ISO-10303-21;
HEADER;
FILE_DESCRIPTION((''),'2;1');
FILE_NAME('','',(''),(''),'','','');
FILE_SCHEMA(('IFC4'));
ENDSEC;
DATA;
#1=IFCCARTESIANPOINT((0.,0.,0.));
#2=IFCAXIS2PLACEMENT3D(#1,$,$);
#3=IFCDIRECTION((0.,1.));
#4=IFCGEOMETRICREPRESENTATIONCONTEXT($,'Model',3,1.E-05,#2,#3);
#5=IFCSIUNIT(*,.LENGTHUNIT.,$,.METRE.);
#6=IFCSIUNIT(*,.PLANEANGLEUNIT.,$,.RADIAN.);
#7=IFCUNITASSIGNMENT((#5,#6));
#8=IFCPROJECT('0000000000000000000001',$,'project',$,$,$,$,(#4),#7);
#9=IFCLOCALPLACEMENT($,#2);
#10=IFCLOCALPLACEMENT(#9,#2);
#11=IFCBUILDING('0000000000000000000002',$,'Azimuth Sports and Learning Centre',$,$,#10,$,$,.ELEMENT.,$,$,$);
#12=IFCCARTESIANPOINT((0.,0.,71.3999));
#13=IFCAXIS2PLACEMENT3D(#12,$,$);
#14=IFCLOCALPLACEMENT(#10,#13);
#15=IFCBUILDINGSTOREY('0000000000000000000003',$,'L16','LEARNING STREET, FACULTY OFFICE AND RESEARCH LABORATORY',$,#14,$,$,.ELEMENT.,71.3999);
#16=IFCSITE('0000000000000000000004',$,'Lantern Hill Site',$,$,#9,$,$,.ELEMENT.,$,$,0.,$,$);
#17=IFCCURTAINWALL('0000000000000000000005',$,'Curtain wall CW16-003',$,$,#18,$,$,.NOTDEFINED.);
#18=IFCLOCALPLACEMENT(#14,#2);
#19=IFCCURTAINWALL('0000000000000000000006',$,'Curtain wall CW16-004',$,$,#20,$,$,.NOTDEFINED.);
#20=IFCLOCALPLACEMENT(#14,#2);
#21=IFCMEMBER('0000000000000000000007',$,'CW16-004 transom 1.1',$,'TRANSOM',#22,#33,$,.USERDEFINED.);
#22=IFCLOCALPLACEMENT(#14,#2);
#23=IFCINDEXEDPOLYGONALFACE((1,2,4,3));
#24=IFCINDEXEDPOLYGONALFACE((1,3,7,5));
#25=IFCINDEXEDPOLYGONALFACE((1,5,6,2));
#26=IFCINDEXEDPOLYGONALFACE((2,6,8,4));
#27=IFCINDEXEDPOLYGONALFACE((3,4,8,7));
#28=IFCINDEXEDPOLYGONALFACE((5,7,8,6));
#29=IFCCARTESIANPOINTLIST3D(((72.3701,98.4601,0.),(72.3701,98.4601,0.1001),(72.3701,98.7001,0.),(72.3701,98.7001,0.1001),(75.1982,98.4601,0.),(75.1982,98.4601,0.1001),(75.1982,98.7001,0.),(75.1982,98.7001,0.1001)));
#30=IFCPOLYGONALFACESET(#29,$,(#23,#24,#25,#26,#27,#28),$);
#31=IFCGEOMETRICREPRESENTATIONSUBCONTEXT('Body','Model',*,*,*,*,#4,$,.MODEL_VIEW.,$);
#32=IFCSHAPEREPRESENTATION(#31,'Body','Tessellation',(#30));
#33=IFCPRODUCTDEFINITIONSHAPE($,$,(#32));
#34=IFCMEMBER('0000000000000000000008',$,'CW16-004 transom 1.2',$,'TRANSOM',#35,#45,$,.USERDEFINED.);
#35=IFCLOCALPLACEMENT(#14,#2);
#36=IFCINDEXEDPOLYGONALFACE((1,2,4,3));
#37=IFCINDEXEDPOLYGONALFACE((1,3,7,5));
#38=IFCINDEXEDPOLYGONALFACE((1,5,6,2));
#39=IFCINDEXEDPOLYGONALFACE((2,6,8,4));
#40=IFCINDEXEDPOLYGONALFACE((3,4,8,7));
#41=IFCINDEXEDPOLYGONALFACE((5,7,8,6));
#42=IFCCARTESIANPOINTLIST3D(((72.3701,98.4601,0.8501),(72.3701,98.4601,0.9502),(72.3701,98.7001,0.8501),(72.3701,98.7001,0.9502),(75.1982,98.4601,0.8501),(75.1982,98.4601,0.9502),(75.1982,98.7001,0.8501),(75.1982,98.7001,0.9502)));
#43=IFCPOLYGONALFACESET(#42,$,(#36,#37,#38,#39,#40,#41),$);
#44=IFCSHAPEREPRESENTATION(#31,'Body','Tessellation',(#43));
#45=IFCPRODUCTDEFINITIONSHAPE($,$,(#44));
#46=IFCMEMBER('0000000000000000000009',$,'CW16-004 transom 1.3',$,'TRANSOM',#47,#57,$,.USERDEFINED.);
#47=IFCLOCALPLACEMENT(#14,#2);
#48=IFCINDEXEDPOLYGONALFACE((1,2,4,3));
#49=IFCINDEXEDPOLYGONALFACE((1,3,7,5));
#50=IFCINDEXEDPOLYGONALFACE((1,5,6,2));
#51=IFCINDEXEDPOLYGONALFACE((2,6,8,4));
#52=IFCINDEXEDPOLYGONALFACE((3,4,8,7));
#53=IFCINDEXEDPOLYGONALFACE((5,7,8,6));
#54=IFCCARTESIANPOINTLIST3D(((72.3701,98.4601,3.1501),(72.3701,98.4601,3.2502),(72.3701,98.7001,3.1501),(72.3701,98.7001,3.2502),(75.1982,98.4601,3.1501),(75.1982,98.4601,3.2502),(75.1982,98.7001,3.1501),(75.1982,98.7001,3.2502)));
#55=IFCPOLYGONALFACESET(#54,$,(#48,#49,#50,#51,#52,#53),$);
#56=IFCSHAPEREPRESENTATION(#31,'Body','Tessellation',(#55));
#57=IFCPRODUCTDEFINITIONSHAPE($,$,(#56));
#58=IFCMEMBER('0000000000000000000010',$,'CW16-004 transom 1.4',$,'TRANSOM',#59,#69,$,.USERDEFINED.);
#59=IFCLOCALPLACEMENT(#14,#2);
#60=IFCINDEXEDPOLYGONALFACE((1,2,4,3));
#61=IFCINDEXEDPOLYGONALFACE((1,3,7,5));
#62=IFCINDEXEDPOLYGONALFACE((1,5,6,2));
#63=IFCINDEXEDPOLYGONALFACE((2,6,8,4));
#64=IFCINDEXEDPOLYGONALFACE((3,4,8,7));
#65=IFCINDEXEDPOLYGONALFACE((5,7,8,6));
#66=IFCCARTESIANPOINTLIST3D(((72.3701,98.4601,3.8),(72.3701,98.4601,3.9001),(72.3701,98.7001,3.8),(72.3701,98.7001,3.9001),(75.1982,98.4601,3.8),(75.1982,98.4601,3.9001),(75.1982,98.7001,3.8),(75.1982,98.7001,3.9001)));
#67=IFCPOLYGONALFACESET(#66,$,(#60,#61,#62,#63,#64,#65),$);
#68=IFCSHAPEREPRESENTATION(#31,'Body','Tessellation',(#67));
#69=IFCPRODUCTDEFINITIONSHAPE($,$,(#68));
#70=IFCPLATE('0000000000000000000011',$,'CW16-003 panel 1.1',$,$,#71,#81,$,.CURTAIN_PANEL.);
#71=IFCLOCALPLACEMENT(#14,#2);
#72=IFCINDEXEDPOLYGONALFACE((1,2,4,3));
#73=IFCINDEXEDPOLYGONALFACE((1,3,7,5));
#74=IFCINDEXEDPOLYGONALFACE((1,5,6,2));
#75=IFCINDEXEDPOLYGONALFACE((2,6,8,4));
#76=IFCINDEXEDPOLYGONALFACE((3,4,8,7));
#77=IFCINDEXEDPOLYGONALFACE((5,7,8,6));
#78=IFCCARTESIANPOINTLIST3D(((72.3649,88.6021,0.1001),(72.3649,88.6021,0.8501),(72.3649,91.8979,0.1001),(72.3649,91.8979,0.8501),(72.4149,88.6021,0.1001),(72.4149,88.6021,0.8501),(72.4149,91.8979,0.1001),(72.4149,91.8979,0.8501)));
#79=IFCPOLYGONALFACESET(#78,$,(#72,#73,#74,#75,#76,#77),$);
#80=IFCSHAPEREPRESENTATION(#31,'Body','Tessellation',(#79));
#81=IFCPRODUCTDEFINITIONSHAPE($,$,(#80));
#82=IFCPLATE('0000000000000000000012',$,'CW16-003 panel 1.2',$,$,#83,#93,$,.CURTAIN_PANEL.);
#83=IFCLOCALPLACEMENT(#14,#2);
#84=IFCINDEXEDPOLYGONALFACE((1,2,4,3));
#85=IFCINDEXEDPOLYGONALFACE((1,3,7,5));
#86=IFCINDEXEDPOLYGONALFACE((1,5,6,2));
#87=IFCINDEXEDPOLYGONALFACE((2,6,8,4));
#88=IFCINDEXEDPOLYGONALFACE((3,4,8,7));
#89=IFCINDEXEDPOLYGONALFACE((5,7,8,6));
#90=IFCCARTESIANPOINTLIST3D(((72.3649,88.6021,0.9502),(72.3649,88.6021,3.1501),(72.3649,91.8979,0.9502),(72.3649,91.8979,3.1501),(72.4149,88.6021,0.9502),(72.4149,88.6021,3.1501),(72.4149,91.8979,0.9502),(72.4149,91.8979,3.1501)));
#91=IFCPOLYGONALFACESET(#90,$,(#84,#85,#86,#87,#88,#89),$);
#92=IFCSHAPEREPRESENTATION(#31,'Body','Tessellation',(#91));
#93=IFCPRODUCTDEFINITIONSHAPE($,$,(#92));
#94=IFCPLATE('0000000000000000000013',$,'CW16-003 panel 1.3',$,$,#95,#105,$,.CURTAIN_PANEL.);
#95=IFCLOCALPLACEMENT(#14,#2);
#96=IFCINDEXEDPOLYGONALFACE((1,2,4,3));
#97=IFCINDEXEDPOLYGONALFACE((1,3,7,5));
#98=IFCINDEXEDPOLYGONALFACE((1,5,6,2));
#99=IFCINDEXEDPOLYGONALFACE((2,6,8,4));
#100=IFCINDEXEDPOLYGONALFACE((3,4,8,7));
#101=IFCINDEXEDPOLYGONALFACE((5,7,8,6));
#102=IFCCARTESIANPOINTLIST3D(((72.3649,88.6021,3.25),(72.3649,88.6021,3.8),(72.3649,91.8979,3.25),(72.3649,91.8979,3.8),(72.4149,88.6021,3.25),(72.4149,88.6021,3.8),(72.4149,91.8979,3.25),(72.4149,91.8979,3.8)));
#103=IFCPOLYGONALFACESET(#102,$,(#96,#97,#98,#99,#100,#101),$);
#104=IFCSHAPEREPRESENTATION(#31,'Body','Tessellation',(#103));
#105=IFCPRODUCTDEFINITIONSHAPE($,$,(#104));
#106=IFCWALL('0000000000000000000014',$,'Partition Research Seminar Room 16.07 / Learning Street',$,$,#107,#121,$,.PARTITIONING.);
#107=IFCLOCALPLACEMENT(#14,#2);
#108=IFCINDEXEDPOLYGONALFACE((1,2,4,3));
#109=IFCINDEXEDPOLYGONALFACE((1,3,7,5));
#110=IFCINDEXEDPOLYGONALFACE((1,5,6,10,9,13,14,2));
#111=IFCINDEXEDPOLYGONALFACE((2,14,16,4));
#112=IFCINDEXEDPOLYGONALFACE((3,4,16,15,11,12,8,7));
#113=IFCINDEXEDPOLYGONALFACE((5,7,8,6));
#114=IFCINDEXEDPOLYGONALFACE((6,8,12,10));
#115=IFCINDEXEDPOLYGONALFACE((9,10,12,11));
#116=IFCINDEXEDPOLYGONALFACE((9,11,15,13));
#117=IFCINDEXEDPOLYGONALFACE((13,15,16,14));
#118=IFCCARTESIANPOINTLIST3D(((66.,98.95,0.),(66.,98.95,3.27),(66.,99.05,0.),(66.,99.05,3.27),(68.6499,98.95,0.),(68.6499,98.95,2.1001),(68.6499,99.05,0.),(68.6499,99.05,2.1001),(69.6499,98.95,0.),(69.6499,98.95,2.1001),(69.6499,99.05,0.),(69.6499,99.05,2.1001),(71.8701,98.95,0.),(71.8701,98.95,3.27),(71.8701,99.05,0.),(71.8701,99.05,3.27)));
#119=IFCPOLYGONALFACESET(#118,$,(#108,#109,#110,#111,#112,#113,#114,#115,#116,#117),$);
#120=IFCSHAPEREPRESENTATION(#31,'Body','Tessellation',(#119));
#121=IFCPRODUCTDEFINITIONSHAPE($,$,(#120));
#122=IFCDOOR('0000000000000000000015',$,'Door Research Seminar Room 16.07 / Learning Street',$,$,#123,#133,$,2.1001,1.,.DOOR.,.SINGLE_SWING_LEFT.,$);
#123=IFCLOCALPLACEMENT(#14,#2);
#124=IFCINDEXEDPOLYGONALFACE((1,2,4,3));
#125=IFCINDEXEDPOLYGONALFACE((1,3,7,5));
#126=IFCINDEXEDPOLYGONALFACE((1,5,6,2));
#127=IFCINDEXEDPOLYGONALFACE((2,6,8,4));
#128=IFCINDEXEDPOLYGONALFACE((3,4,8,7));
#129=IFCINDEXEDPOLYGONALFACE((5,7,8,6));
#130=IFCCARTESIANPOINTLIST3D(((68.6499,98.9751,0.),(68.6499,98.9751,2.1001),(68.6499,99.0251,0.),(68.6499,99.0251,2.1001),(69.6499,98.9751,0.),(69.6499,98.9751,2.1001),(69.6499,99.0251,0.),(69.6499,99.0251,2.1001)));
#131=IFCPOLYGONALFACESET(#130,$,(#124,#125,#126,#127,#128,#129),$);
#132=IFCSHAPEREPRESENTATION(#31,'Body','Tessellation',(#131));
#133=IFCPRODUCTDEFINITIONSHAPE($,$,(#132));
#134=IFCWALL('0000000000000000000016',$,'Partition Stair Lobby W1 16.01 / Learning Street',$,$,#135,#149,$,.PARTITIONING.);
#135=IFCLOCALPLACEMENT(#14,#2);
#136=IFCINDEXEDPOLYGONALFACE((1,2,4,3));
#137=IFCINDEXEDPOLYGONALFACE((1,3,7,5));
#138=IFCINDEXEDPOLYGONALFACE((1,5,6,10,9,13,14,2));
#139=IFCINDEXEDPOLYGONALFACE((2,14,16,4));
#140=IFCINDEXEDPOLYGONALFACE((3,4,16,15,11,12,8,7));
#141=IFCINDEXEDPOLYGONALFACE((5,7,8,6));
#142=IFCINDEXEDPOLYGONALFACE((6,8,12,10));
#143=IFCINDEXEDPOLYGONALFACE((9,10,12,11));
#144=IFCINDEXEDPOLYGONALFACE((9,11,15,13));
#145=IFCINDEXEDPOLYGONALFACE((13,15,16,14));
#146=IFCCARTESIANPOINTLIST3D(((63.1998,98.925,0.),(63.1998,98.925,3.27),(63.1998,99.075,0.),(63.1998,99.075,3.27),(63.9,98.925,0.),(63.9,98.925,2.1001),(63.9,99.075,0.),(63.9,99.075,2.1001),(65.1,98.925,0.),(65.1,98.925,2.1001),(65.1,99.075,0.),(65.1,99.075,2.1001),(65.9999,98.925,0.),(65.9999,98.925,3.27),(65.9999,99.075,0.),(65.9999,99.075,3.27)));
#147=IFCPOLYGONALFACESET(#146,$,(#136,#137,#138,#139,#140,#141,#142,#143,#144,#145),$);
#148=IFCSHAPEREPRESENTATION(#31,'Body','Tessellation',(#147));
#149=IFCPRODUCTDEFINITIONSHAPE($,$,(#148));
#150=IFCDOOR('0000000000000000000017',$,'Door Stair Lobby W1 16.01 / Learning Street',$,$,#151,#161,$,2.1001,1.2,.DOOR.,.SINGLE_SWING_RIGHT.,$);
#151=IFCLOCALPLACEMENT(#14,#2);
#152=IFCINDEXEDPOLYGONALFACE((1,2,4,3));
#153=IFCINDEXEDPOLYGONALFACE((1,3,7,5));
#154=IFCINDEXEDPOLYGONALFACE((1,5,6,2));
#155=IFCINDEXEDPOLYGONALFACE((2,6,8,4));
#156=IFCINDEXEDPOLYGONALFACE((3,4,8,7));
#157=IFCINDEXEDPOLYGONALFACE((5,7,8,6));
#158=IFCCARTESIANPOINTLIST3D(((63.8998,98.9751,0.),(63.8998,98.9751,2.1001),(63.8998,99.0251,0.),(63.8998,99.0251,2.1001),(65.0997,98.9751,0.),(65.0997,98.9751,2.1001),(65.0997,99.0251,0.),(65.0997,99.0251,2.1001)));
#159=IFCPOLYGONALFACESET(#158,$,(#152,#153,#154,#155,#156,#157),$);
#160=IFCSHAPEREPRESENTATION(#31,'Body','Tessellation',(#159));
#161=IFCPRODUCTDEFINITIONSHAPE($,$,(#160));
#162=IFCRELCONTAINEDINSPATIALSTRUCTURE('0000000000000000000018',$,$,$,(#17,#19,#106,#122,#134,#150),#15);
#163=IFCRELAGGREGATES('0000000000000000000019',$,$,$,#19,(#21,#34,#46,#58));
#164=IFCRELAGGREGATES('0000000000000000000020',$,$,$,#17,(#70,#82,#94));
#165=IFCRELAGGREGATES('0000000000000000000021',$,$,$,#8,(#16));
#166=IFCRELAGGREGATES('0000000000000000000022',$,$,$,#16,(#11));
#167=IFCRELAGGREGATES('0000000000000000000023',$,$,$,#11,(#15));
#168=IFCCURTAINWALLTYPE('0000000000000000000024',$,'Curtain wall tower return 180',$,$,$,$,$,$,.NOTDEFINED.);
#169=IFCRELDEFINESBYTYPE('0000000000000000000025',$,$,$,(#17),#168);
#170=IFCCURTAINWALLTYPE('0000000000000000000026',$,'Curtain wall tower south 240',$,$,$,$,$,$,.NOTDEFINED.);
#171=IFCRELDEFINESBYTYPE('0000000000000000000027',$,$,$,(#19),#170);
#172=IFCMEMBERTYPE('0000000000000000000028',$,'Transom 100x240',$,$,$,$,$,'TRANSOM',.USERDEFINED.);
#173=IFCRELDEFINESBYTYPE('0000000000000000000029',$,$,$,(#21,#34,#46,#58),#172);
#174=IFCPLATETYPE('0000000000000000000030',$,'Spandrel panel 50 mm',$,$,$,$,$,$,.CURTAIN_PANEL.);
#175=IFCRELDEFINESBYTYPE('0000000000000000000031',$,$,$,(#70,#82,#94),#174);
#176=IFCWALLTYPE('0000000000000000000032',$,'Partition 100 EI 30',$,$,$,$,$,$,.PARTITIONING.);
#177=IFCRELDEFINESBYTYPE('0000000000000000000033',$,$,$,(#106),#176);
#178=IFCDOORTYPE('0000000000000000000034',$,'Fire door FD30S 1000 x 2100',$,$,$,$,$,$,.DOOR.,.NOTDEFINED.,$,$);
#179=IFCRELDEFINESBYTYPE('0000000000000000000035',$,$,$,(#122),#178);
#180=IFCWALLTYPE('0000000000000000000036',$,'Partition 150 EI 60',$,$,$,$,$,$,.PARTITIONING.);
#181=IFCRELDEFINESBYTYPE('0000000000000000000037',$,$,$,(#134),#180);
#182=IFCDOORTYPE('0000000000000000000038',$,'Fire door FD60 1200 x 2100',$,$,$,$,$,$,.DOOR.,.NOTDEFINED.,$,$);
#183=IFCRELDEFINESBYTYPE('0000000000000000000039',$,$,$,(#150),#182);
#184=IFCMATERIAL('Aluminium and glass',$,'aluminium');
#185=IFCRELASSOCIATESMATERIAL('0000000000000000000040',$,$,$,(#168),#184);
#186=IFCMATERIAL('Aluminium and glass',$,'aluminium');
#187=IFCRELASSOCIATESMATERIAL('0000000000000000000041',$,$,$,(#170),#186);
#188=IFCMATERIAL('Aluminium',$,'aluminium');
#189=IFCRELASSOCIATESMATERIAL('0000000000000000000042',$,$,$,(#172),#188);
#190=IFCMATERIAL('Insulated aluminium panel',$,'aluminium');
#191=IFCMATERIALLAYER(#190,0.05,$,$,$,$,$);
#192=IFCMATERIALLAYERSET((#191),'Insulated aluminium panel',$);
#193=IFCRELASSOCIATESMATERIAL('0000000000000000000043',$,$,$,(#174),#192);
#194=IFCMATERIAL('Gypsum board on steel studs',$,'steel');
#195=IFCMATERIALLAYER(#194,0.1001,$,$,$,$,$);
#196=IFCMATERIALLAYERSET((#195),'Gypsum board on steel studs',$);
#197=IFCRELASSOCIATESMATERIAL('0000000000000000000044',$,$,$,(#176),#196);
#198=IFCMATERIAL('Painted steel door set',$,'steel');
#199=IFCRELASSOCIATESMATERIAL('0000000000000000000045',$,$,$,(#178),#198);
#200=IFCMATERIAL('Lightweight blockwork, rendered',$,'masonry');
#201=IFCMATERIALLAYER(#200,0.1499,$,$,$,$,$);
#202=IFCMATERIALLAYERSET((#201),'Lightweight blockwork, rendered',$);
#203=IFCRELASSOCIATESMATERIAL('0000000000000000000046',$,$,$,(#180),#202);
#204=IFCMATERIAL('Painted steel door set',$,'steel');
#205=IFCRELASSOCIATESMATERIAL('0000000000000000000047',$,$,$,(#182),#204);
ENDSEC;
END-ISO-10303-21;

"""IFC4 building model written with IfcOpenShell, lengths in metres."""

from ifc_helpers import new_model, si_unit, direction, frame, frame_2d, origin, origin_2d, place, context, subcontext, project, spatial, rectangle, extrude, material, layer, layer_set, material_profile, profile_set, type_object, element, fill, aggregate, save


model = new_model("IFC4")

# Units and contexts
model_context = context("Model", 3, precision=1e-05, world=origin(), true_north=direction((0.0, 1.0)))
body_context = subcontext(model_context, "Body", "Model", "MODEL_VIEW")
ifc_project = project(units=[si_unit("LENGTHUNIT", "METRE"), si_unit("PLANEANGLEUNIT", "RADIAN")], contexts=[model_context])

# Site, building, storey
site_placement = place(None, origin())
site = spatial("IfcSite", under=ifc_project, at=site_placement, Name="Lantern Hill Site", CompositionType="ELEMENT", RefElevation=0.0)
building_placement = place(site_placement, origin())
building = spatial("IfcBuilding", under=site, at=building_placement, Name="Azimuth Sports and Learning Centre", CompositionType="ELEMENT")
storey_placement = place(building_placement, frame((0.0, 0.0, 71.3999)))
storey = spatial("IfcBuildingStorey", under=building, at=storey_placement, Name="L16", Description="LEARNING STREET, FACULTY OFFICE AND RESEARCH LABORATORY", CompositionType="ELEMENT", Elevation=71.3999)

# Curtain walls
ifc_material_1 = material(Name="Aluminium and glass", Category="aluminium")
curtain_wall_type_1 = type_object("IfcCurtainWallType", Name="Curtain wall tower return 180", PredefinedType="NOTDEFINED", material=ifc_material_1)
curtain_wall_1_placement = place(storey_placement, origin())
curtain_wall_1 = element("IfcCurtainWall", 1, at=curtain_wall_1_placement, inside=storey, type_object=curtain_wall_type_1, Name="Curtain wall CW16-003", PredefinedType="NOTDEFINED")
ifc_material_2 = material(Name="Aluminium and glass", Category="aluminium")
curtain_wall_type_2 = type_object("IfcCurtainWallType", Name="Curtain wall tower south 240", PredefinedType="NOTDEFINED", material=ifc_material_2)
curtain_wall_2_placement = place(storey_placement, origin())
curtain_wall_2 = element("IfcCurtainWall", 2, at=curtain_wall_2_placement, inside=storey, type_object=curtain_wall_type_2, Name="Curtain wall CW16-004", PredefinedType="NOTDEFINED")

# Members
ifc_material_3 = material(Name="Aluminium", Category="aluminium")
ifc_material_profile_1 = material_profile(ifc_material_3, rectangle(XDim=0.24, YDim=0.1001, at=origin_2d()), Name="Transom 100x240")
ifc_profile_set_1 = profile_set([ifc_material_profile_1], Name="Aluminium")
member_type_1 = type_object("IfcMemberType", Name="Transom 100x240", ElementType="TRANSOM", PredefinedType="USERDEFINED", material=ifc_profile_set_1)
member_1_placement = place(storey_placement, frame((72.3701, 98.5801, 0.05), z_axis=(1.0, 0.0, 0.0), x_axis=(0.0, 1.0, 0.0)))
member_1 = element("IfcMember", 3, at=member_1_placement, type_object=member_type_1, Name="CW16-004 transom 1.1", ObjectType="TRANSOM", PredefinedType="USERDEFINED", context=body_context, shape_type="SweptSolid", body=[
    extrude(rectangle(XDim=0.24, YDim=0.1001, at=origin_2d()), origin(), (0.0, 0.0, 1.0), 2.8281),
])
member_2_placement = place(storey_placement, frame((72.3701, 98.5801, 0.9001), z_axis=(1.0, 0.0, 0.0), x_axis=(0.0, 1.0, 0.0)))
member_2 = element("IfcMember", 4, at=member_2_placement, type_object=member_type_1, Name="CW16-004 transom 1.2", ObjectType="TRANSOM", PredefinedType="USERDEFINED", context=body_context, shape_type="SweptSolid", body=[
    extrude(rectangle(XDim=0.24, YDim=0.1001, at=origin_2d()), origin(), (0.0, 0.0, 1.0), 2.8281),
])
member_3_placement = place(storey_placement, frame((72.3701, 98.5801, 3.2002), z_axis=(1.0, 0.0, 0.0), x_axis=(0.0, 1.0, 0.0)))
member_3 = element("IfcMember", 5, at=member_3_placement, type_object=member_type_1, Name="CW16-004 transom 1.3", ObjectType="TRANSOM", PredefinedType="USERDEFINED", context=body_context, shape_type="SweptSolid", body=[
    extrude(rectangle(XDim=0.24, YDim=0.1001, at=origin_2d()), origin(), (0.0, 0.0, 1.0), 2.8281),
])
member_4_placement = place(storey_placement, frame((72.3701, 98.5801, 3.8501), z_axis=(1.0, 0.0, 0.0), x_axis=(0.0, 1.0, 0.0)))
member_4 = element("IfcMember", 6, at=member_4_placement, type_object=member_type_1, Name="CW16-004 transom 1.4", ObjectType="TRANSOM", PredefinedType="USERDEFINED", context=body_context, shape_type="SweptSolid", body=[
    extrude(rectangle(XDim=0.24, YDim=0.1001, at=origin_2d()), origin(), (0.0, 0.0, 1.0), 2.8281),
])
aggregate(curtain_wall_2, [member_1, member_2, member_3, member_4])

# Plates
ifc_material_4 = material(Name="Insulated aluminium panel", Category="aluminium")
ifc_layer_1 = layer(ifc_material_4, 0.05)
ifc_layer_set_1 = layer_set([ifc_layer_1], Name="Insulated aluminium panel")
plate_type = type_object("IfcPlateType", Name="Spandrel panel 50 mm", PredefinedType="CURTAIN_PANEL", material=ifc_layer_set_1)
plate_1_placement = place(storey_placement, frame((72.3899, 90.25, 0.1001), z_axis=(0.0, 0.0, 1.0), x_axis=(0.0, 1.0, 0.0)))
plate_1 = element("IfcPlate", 7, at=plate_1_placement, type_object=plate_type, Name="CW16-003 panel 1.1", PredefinedType="CURTAIN_PANEL", context=body_context, shape_type="SweptSolid", body=[
    extrude(rectangle(XDim=3.2959, YDim=0.05, at=origin_2d()), origin(), (0.0, 0.0, 1.0), 0.75),
])
plate_2_placement = place(storey_placement, frame((72.3899, 90.25, 0.9502), z_axis=(0.0, 0.0, 1.0), x_axis=(0.0, 1.0, 0.0)))
plate_2 = element("IfcPlate", 8, at=plate_2_placement, type_object=plate_type, Name="CW16-003 panel 1.2", PredefinedType="CURTAIN_PANEL", context=body_context, shape_type="SweptSolid", body=[
    extrude(rectangle(XDim=3.2959, YDim=0.05, at=origin_2d()), origin(), (0.0, 0.0, 1.0), 2.2),
])
plate_3_placement = place(storey_placement, frame((72.3899, 90.25, 3.25), z_axis=(0.0, 0.0, 1.0), x_axis=(0.0, 1.0, 0.0)))
plate_3 = element("IfcPlate", 9, at=plate_3_placement, type_object=plate_type, Name="CW16-003 panel 1.3", PredefinedType="CURTAIN_PANEL", context=body_context, shape_type="SweptSolid", body=[
    extrude(rectangle(XDim=3.2959, YDim=0.05, at=origin_2d()), origin(), (0.0, 0.0, 1.0), 0.55),
])
aggregate(curtain_wall_1, [plate_1, plate_2, plate_3])

# Walls, openings, doors
ifc_material_5 = material(Name="Gypsum board on steel studs", Category="steel")
ifc_layer_2 = layer(ifc_material_5, 0.1001)
ifc_layer_set_2 = layer_set([ifc_layer_2], Name="Gypsum board on steel studs")
wall_type_1 = type_object("IfcWallType", Name="Partition 100 EI 30", PredefinedType="PARTITIONING", material=ifc_layer_set_2)
wall_1_placement = place(storey_placement, frame((66.0, 99.0, 0.0), z_axis=(0.0, 0.0, 1.0), x_axis=(1.0, 0.0, 0.0)))
wall_1 = element("IfcWall", 10, at=wall_1_placement, inside=storey, type_object=wall_type_1, Name="Partition Research Seminar Room 16.07 / Learning Street", PredefinedType="PARTITIONING", context=body_context, shape_type="SweptSolid", body=[
    extrude(rectangle(XDim=5.8701, YDim=0.1001, at=frame_2d((2.9351, 0.0))), origin(), (0.0, 0.0, 1.0), 3.27),
])
opening_1_placement = place(wall_1_placement, frame((2.6499, 0.0, 0.0)))
opening_1 = element("IfcOpeningElement", 11, at=opening_1_placement, cuts=wall_1, PredefinedType="OPENING", context=body_context, shape_type="SweptSolid", body=[
    extrude(rectangle(XDim=1.0, YDim=2.1001, at=frame_2d((0.5, 1.05))), frame((0.0, 0.061, 0.0), z_axis=(0.0, -1.0, 0.0), x_axis=(1.0, 0.0, 0.0)), (0.0, 0.0, 1.0), 0.1221),
])
ifc_material_6 = material(Name="Painted steel door set", Category="steel")
door_type_1 = type_object("IfcDoorType", Name="Fire door FD30S 1000 x 2100", OperationType="NOTDEFINED", PredefinedType="DOOR", material=ifc_material_6)
door_1_placement = place(opening_1_placement, frame((1.0, 0.0, 0.0), z_axis=(0.0, 0.0, 1.0), x_axis=(-1.0, 0.0, 0.0)))
door_1 = element("IfcDoor", 12, at=door_1_placement, inside=storey, type_object=door_type_1, Name="Door Research Seminar Room 16.07 / Learning Street", OperationType="SINGLE_SWING_LEFT", OverallHeight=2.1001, OverallWidth=1.0, PredefinedType="DOOR", context=body_context, shape_type="SweptSolid", body=[
    extrude(rectangle(XDim=1.0, YDim=2.1001, at=frame_2d((0.5, 1.05))), frame((0.0, 0.0249, 0.0), z_axis=(0.0, -1.0, 0.0), x_axis=(1.0, 0.0, 0.0)), (0.0, 0.0, 1.0), 0.05),
])
fill(opening_1, door_1)
ifc_material_7 = material(Name="Lightweight blockwork, rendered", Category="masonry")
ifc_layer_3 = layer(ifc_material_7, 0.1499)
ifc_layer_set_3 = layer_set([ifc_layer_3], Name="Lightweight blockwork, rendered")
wall_type_2 = type_object("IfcWallType", Name="Partition 150 EI 60", PredefinedType="PARTITIONING", material=ifc_layer_set_3)
wall_2_placement = place(storey_placement, frame((63.2, 99.0, 0.0), z_axis=(0.0, 0.0, 1.0), x_axis=(1.0, 0.0, 0.0)))
wall_2 = element("IfcWall", 13, at=wall_2_placement, inside=storey, type_object=wall_type_2, Name="Partition Stair Lobby W1 16.01 / Learning Street", PredefinedType="PARTITIONING", context=body_context, shape_type="SweptSolid", body=[
    extrude(rectangle(XDim=2.8, YDim=0.1499, at=frame_2d((1.3999, 0.0))), origin(), (0.0, 0.0, 1.0), 3.27),
])
opening_2_placement = place(wall_2_placement, frame((0.7, 0.0, 0.0)))
opening_2 = element("IfcOpeningElement", 14, at=opening_2_placement, cuts=wall_2, PredefinedType="OPENING", context=body_context, shape_type="SweptSolid", body=[
    extrude(rectangle(XDim=1.2, YDim=2.1001, at=frame_2d((0.6001, 1.05))), frame((0.0, 0.0859, 0.0), z_axis=(0.0, -1.0, 0.0), x_axis=(1.0, 0.0, 0.0)), (0.0, 0.0, 1.0), 0.1719),
])
ifc_material_8 = material(Name="Painted steel door set", Category="steel")
door_type_2 = type_object("IfcDoorType", Name="Fire door FD60 1200 x 2100", OperationType="NOTDEFINED", PredefinedType="DOOR", material=ifc_material_8)
door_2_placement = place(opening_2_placement, frame((1.2, 0.0, 0.0), z_axis=(0.0, 0.0, 1.0), x_axis=(-1.0, 0.0, 0.0)))
door_2 = element("IfcDoor", 15, at=door_2_placement, inside=storey, type_object=door_type_2, Name="Door Stair Lobby W1 16.01 / Learning Street", OperationType="SINGLE_SWING_RIGHT", OverallHeight=2.1001, OverallWidth=1.2, PredefinedType="DOOR", context=body_context, shape_type="SweptSolid", body=[
    extrude(rectangle(XDim=1.2, YDim=2.1001, at=frame_2d((0.6001, 1.05))), frame((0.0, 0.0249, 0.0), z_axis=(0.0, -1.0, 0.0), x_axis=(1.0, 0.0, 0.0)), (0.0, 0.0, 1.0), 0.05),
])
fill(opening_2, door_2)

save(model, "model.ifc")
